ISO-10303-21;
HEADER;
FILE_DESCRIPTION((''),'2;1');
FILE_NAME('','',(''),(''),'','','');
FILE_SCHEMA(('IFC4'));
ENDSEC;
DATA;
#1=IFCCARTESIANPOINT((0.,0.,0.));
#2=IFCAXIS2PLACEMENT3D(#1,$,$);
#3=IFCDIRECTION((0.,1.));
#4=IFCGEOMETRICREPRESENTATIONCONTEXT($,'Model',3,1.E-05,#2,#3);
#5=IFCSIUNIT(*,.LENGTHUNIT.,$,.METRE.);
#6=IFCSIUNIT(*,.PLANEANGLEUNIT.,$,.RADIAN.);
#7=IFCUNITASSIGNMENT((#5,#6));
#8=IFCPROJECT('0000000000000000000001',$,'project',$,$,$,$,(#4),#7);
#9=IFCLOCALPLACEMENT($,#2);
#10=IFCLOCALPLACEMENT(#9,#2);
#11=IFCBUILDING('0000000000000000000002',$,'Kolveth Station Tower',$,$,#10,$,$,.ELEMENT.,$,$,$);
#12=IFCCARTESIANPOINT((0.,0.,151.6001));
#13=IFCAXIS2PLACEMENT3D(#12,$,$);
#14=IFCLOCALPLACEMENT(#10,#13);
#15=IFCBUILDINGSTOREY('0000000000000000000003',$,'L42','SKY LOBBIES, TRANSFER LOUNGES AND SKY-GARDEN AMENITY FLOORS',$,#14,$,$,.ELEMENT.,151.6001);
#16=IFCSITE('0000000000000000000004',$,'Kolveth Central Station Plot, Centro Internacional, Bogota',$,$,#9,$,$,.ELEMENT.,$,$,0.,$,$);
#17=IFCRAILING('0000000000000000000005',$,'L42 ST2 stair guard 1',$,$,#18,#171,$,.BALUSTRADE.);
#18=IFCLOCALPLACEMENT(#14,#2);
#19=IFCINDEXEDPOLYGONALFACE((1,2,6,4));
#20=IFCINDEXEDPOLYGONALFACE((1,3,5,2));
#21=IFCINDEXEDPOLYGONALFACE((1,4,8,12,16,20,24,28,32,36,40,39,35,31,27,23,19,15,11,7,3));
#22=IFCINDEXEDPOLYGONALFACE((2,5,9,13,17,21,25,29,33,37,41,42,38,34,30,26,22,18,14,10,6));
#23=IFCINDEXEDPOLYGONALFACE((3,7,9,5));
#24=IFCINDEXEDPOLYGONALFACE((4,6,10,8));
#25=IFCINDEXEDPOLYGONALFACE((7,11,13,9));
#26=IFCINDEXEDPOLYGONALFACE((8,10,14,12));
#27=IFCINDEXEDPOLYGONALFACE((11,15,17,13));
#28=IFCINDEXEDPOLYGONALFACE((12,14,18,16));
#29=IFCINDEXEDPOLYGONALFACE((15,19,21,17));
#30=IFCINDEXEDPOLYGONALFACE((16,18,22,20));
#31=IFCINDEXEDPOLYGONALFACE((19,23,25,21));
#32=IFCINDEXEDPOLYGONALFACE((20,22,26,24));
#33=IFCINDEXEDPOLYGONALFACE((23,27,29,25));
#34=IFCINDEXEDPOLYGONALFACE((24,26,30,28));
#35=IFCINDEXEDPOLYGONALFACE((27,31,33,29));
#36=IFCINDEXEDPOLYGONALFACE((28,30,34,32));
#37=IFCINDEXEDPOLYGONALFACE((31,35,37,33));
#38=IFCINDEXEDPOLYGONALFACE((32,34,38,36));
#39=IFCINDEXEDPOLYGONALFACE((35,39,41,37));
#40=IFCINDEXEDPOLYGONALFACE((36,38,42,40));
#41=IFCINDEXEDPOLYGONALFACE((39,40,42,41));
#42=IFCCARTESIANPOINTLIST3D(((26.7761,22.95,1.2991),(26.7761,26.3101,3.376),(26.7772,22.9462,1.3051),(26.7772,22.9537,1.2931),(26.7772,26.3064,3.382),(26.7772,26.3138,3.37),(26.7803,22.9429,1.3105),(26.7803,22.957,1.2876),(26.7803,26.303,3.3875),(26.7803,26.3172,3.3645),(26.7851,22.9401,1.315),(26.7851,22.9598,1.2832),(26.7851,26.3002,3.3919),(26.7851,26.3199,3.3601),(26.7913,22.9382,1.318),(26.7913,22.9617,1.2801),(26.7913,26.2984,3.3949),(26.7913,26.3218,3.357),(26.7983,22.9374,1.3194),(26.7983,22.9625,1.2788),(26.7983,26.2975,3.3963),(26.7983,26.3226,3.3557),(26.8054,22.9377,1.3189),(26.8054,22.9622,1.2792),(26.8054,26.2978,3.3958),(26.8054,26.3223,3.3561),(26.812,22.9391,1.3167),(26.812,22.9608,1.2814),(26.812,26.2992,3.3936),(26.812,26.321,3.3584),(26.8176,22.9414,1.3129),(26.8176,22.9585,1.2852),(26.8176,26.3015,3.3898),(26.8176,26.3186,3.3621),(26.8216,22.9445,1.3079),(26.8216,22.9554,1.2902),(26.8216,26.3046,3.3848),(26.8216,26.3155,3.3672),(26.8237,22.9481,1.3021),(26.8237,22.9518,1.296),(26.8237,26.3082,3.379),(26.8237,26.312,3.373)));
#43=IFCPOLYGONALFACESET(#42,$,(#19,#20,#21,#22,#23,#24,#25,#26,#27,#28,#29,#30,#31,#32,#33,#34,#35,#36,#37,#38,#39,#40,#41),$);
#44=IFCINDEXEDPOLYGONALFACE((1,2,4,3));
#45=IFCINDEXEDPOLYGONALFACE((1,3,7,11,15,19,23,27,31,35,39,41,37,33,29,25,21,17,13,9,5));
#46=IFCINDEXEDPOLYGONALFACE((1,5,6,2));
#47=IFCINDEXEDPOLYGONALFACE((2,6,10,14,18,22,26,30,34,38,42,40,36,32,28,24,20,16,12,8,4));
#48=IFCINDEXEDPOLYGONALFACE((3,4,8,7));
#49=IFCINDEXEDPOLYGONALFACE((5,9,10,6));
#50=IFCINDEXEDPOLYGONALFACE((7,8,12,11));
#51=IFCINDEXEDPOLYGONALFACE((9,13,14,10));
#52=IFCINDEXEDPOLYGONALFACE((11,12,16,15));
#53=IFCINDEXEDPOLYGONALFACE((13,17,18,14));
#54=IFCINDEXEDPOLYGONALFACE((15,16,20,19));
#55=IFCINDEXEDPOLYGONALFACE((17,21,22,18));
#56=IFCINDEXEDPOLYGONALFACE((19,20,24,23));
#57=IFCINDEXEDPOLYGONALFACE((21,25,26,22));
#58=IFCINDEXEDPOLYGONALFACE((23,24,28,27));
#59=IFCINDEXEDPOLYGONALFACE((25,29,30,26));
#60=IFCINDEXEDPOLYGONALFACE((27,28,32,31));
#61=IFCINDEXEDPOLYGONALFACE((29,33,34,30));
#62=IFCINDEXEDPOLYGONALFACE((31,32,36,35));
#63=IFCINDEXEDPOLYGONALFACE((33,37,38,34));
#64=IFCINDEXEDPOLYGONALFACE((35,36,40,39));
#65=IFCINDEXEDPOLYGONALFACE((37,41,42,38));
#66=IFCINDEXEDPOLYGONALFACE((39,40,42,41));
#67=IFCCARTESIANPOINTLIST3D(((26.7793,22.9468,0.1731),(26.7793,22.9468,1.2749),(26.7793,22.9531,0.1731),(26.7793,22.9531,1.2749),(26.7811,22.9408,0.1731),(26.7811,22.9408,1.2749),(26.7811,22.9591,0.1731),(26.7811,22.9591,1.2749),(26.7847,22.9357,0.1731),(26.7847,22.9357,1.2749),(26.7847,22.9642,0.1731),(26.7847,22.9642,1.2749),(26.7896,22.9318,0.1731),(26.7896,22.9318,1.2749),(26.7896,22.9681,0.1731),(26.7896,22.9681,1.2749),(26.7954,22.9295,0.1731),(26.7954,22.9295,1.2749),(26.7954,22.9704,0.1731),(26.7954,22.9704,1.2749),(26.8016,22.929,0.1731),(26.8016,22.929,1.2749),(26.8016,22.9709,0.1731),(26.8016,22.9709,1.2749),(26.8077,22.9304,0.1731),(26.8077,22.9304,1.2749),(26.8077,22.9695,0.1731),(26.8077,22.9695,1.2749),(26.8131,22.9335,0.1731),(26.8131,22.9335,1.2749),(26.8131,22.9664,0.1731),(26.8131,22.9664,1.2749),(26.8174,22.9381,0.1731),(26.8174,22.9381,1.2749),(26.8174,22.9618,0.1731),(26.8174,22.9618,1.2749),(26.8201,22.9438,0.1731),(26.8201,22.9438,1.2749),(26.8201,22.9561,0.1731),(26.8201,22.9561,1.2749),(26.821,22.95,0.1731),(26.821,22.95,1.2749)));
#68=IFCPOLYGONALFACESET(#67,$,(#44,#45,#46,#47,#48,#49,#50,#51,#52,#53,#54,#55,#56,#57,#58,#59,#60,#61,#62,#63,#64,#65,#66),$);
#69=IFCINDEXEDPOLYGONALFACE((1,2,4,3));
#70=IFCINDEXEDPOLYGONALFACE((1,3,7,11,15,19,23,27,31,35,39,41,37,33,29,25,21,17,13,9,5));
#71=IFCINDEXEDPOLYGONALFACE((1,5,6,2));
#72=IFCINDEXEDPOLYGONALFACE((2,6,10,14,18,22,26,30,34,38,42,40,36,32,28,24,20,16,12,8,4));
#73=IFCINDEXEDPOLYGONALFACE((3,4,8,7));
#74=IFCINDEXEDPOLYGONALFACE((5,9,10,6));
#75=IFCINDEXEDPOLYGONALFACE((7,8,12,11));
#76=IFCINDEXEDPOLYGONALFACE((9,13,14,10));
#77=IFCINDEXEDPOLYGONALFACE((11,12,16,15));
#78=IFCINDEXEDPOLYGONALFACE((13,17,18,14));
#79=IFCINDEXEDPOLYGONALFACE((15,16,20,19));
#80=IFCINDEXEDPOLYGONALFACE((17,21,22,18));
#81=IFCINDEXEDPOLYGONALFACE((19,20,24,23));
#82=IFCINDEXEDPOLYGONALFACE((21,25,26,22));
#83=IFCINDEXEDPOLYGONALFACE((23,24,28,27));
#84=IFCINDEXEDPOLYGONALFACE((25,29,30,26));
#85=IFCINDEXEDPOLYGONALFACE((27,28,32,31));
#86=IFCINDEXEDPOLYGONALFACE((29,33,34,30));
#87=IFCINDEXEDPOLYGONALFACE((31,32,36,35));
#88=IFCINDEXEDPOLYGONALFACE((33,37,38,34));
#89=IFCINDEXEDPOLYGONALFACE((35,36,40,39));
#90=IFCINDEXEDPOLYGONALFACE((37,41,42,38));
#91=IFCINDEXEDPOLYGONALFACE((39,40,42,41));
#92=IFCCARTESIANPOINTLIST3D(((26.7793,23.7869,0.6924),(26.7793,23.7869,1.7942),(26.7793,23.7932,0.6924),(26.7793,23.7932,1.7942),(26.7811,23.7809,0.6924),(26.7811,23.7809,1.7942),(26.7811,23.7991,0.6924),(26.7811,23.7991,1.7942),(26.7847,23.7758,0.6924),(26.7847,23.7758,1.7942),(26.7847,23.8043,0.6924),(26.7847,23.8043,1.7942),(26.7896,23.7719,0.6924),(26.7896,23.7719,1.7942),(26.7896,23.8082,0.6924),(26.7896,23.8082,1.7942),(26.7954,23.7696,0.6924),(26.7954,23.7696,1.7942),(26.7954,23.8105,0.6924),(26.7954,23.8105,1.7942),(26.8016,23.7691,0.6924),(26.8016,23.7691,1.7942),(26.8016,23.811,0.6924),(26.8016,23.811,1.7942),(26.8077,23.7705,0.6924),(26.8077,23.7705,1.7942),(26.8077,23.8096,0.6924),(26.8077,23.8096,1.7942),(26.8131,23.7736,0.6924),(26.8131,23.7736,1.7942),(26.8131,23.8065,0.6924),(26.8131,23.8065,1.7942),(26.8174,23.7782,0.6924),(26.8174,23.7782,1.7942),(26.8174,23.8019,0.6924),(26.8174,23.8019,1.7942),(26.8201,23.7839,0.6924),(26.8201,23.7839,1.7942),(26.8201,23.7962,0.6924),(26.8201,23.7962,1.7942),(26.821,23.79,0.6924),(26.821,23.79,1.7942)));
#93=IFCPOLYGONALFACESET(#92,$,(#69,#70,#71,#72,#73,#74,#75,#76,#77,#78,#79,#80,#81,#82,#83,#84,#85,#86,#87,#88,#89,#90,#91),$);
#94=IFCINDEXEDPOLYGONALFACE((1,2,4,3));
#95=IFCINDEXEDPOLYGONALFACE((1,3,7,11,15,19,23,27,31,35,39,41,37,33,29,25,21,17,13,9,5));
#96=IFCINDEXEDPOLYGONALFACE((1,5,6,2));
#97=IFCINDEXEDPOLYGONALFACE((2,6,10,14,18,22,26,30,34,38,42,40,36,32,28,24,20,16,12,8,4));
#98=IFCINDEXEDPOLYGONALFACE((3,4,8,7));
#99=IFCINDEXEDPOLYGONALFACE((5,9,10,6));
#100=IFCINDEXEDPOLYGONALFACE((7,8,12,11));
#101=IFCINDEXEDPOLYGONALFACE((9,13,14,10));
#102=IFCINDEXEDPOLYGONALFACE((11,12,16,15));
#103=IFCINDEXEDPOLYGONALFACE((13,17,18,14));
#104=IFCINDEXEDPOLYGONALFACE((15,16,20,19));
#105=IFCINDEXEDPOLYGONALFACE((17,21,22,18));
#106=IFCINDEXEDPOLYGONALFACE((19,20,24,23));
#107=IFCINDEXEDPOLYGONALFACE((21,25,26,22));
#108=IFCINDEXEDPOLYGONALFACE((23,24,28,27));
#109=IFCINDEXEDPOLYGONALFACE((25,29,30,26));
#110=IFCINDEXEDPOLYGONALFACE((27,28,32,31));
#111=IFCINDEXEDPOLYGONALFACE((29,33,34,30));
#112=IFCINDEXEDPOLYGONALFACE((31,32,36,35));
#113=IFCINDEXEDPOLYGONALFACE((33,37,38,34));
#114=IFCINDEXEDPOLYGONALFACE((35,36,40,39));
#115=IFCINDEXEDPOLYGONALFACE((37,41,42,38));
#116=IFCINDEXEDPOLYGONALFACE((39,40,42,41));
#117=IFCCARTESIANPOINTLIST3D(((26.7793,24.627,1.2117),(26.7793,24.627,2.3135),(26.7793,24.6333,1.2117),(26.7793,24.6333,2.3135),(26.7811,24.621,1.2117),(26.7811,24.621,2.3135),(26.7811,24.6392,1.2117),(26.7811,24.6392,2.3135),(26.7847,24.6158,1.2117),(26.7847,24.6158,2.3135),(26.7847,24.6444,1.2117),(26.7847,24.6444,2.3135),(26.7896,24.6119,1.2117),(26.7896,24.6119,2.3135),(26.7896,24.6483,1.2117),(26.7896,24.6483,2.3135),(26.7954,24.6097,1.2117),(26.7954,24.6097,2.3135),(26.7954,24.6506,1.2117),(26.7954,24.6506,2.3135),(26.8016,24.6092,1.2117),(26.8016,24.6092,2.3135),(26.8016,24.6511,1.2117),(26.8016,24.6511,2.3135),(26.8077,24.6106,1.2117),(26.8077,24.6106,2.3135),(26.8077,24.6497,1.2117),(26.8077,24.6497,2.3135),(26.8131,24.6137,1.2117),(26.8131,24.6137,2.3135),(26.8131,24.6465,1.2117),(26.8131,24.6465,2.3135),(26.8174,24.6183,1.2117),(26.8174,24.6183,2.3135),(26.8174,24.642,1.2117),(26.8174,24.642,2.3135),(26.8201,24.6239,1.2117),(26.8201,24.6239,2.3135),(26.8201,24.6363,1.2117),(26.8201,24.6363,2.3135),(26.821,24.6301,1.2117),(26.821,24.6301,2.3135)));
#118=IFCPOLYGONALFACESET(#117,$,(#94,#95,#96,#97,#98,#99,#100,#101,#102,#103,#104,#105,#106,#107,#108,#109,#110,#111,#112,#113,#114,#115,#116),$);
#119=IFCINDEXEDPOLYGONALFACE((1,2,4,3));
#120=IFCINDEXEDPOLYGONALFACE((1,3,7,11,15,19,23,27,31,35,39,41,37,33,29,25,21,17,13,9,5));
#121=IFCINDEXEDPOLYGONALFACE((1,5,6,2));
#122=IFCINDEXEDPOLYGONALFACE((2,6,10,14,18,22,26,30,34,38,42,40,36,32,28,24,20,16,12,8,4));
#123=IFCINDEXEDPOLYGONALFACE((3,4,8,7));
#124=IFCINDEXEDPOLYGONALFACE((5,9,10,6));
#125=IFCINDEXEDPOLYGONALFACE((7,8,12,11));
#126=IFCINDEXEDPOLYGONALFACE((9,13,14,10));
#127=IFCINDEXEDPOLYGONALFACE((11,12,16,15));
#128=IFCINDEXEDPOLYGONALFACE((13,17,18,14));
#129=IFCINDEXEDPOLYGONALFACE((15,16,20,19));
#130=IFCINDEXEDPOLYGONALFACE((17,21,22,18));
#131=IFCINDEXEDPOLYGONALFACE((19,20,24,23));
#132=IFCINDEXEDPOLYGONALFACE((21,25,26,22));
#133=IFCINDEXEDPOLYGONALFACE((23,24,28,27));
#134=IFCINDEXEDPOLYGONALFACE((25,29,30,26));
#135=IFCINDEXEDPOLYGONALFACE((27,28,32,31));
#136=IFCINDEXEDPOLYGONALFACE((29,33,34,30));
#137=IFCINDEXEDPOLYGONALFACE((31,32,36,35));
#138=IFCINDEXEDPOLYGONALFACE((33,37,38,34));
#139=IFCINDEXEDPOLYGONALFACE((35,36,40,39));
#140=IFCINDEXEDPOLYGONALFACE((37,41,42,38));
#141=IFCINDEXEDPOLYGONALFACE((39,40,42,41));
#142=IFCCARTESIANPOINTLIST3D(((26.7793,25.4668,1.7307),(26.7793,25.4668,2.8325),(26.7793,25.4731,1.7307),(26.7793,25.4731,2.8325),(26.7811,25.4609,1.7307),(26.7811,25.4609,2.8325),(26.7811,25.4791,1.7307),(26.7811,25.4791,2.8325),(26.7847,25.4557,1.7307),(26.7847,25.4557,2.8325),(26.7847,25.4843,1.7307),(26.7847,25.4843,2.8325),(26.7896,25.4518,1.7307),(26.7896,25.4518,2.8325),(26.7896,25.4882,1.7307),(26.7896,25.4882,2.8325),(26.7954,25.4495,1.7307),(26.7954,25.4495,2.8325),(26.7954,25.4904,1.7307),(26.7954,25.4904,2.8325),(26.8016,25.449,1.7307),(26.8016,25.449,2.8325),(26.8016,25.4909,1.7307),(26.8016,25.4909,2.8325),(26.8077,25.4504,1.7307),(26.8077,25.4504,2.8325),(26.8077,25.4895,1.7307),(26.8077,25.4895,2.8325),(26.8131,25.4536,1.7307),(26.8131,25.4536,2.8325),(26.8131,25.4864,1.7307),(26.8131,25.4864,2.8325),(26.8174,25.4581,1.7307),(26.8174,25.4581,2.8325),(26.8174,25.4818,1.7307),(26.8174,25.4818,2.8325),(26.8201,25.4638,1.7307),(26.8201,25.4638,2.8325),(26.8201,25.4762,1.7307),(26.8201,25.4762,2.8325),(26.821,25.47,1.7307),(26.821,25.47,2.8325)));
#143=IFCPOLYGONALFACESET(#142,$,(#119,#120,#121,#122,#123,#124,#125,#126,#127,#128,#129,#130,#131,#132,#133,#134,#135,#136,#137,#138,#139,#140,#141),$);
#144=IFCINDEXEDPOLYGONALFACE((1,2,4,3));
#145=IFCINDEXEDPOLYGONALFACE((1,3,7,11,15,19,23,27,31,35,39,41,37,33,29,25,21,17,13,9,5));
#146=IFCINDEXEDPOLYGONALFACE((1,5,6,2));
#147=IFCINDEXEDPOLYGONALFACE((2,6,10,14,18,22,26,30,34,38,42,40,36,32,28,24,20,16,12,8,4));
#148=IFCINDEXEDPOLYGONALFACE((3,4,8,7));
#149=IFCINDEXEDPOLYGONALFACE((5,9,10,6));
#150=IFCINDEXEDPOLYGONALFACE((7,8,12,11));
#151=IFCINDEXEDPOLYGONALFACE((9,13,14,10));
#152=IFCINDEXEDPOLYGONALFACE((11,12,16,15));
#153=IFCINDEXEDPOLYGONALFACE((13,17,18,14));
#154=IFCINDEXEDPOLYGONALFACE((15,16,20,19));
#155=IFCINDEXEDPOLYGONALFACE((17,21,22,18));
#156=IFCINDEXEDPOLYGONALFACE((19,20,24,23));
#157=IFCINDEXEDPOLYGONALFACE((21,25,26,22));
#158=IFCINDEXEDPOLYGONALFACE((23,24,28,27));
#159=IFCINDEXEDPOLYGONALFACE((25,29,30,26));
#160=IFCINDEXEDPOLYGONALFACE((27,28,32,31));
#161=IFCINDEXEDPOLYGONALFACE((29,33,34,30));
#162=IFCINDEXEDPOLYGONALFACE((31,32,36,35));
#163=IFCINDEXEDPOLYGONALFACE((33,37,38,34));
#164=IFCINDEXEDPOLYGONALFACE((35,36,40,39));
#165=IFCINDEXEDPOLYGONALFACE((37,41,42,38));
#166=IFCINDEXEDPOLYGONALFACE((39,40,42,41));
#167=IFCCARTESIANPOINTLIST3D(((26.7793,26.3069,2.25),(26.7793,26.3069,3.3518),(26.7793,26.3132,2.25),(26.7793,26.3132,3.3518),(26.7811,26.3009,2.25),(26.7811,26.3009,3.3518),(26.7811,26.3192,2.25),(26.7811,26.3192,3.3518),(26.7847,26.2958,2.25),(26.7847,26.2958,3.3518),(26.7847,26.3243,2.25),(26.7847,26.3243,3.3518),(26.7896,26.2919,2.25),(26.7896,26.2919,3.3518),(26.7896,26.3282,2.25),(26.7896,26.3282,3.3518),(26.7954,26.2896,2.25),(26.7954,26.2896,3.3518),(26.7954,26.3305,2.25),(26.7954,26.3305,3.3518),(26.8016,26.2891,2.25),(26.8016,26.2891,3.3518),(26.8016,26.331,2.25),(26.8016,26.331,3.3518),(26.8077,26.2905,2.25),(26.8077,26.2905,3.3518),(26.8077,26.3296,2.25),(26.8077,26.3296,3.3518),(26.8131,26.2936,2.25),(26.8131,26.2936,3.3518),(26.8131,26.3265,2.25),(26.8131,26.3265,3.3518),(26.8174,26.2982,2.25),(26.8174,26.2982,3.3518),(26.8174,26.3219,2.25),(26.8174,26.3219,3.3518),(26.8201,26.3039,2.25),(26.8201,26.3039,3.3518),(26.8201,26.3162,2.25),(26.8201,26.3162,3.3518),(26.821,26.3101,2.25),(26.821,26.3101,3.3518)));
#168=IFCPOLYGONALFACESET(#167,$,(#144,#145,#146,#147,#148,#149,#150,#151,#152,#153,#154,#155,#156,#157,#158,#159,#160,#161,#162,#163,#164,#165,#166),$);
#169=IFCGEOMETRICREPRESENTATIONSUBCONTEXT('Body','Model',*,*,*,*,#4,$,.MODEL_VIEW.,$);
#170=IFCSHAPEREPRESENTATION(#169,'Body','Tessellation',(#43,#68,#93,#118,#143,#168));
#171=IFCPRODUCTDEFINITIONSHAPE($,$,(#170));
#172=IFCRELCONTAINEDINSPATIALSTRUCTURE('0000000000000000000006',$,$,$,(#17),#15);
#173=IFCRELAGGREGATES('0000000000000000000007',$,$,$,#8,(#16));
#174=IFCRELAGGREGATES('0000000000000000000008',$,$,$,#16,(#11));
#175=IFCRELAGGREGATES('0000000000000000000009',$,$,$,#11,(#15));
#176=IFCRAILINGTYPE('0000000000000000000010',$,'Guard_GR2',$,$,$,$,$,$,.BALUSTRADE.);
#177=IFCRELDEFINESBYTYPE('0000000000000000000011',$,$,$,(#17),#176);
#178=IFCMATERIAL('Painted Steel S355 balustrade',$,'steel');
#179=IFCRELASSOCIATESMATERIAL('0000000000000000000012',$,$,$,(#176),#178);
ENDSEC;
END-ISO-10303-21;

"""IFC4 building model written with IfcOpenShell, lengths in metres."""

from ifc_helpers import new_model, si_unit, direction, frame, origin, origin_2d, place, context, subcontext, project, spatial, circle, extrude, material, type_object, element, save


model = new_model("IFC4")

# Units and contexts
model_context = context("Model", 3, precision=1e-05, world=origin(), true_north=direction((0.0, 1.0)))
body_context = subcontext(model_context, "Body", "Model", "MODEL_VIEW")
ifc_project = project(units=[si_unit("LENGTHUNIT", "METRE"), si_unit("PLANEANGLEUNIT", "RADIAN")], contexts=[model_context])

# Site, building, storey
site_placement = place(None, origin())
site = spatial("IfcSite", under=ifc_project, at=site_placement, Name="Kolveth Central Station Plot, Centro Internacional, Bogota", CompositionType="ELEMENT", RefElevation=0.0)
building_placement = place(site_placement, origin())
building = spatial("IfcBuilding", under=site, at=building_placement, Name="Kolveth Station Tower", CompositionType="ELEMENT")
storey_placement = place(building_placement, frame((0.0, 0.0, 151.6001)))
storey = spatial("IfcBuildingStorey", under=building, at=storey_placement, Name="L42", Description="SKY LOBBIES, TRANSFER LOUNGES AND SKY-GARDEN AMENITY FLOORS", CompositionType="ELEMENT", Elevation=151.6001)

# Railing
ifc_material_1 = material(Name="Painted Steel S355 balustrade", Category="steel")
railing_type_1 = type_object("IfcRailingType", Name="Guard_GR2", PredefinedType="BALUSTRADE", material=ifc_material_1)
for number, where, name in (
    (1, (26.8, 22.95, 0.1731), "L42 ST2 stair guard 1"),
):
    element("IfcRailing", number, at=place(storey_placement, frame(where)), inside=storey, type_object=railing_type_1, Name=name, PredefinedType="BALUSTRADE", context=body_context, shape_type="SweptSolid", body=[
        extrude(circle(Radius=0.0239, at=origin_2d()), frame((0.0, 0.0, 1.126), z_axis=(0.0, 0.850623, 0.525776), x_axis=(-1.0, 0.0, 0.0)), (0.0, 0.0, 1.0), 3.9502),
        extrude(circle(Radius=0.021, at=origin_2d()), origin(), (0.0, 0.0, 1.0), 1.1018),
        extrude(circle(Radius=0.021, at=origin_2d()), frame((0.0, 0.8401, 0.5193)), (0.0, 0.0, 1.0), 1.1018),
        extrude(circle(Radius=0.021, at=origin_2d()), frame((0.0, 1.6802, 1.0386)), (0.0, 0.0, 1.0), 1.1018),
        extrude(circle(Radius=0.021, at=origin_2d()), frame((0.0, 2.52, 1.5576)), (0.0, 0.0, 1.0), 1.1018),
        extrude(circle(Radius=0.021, at=origin_2d()), frame((0.0, 3.3601, 2.0769)), (0.0, 0.0, 1.0), 1.1018),
    ])

save(model, "model.ifc")
